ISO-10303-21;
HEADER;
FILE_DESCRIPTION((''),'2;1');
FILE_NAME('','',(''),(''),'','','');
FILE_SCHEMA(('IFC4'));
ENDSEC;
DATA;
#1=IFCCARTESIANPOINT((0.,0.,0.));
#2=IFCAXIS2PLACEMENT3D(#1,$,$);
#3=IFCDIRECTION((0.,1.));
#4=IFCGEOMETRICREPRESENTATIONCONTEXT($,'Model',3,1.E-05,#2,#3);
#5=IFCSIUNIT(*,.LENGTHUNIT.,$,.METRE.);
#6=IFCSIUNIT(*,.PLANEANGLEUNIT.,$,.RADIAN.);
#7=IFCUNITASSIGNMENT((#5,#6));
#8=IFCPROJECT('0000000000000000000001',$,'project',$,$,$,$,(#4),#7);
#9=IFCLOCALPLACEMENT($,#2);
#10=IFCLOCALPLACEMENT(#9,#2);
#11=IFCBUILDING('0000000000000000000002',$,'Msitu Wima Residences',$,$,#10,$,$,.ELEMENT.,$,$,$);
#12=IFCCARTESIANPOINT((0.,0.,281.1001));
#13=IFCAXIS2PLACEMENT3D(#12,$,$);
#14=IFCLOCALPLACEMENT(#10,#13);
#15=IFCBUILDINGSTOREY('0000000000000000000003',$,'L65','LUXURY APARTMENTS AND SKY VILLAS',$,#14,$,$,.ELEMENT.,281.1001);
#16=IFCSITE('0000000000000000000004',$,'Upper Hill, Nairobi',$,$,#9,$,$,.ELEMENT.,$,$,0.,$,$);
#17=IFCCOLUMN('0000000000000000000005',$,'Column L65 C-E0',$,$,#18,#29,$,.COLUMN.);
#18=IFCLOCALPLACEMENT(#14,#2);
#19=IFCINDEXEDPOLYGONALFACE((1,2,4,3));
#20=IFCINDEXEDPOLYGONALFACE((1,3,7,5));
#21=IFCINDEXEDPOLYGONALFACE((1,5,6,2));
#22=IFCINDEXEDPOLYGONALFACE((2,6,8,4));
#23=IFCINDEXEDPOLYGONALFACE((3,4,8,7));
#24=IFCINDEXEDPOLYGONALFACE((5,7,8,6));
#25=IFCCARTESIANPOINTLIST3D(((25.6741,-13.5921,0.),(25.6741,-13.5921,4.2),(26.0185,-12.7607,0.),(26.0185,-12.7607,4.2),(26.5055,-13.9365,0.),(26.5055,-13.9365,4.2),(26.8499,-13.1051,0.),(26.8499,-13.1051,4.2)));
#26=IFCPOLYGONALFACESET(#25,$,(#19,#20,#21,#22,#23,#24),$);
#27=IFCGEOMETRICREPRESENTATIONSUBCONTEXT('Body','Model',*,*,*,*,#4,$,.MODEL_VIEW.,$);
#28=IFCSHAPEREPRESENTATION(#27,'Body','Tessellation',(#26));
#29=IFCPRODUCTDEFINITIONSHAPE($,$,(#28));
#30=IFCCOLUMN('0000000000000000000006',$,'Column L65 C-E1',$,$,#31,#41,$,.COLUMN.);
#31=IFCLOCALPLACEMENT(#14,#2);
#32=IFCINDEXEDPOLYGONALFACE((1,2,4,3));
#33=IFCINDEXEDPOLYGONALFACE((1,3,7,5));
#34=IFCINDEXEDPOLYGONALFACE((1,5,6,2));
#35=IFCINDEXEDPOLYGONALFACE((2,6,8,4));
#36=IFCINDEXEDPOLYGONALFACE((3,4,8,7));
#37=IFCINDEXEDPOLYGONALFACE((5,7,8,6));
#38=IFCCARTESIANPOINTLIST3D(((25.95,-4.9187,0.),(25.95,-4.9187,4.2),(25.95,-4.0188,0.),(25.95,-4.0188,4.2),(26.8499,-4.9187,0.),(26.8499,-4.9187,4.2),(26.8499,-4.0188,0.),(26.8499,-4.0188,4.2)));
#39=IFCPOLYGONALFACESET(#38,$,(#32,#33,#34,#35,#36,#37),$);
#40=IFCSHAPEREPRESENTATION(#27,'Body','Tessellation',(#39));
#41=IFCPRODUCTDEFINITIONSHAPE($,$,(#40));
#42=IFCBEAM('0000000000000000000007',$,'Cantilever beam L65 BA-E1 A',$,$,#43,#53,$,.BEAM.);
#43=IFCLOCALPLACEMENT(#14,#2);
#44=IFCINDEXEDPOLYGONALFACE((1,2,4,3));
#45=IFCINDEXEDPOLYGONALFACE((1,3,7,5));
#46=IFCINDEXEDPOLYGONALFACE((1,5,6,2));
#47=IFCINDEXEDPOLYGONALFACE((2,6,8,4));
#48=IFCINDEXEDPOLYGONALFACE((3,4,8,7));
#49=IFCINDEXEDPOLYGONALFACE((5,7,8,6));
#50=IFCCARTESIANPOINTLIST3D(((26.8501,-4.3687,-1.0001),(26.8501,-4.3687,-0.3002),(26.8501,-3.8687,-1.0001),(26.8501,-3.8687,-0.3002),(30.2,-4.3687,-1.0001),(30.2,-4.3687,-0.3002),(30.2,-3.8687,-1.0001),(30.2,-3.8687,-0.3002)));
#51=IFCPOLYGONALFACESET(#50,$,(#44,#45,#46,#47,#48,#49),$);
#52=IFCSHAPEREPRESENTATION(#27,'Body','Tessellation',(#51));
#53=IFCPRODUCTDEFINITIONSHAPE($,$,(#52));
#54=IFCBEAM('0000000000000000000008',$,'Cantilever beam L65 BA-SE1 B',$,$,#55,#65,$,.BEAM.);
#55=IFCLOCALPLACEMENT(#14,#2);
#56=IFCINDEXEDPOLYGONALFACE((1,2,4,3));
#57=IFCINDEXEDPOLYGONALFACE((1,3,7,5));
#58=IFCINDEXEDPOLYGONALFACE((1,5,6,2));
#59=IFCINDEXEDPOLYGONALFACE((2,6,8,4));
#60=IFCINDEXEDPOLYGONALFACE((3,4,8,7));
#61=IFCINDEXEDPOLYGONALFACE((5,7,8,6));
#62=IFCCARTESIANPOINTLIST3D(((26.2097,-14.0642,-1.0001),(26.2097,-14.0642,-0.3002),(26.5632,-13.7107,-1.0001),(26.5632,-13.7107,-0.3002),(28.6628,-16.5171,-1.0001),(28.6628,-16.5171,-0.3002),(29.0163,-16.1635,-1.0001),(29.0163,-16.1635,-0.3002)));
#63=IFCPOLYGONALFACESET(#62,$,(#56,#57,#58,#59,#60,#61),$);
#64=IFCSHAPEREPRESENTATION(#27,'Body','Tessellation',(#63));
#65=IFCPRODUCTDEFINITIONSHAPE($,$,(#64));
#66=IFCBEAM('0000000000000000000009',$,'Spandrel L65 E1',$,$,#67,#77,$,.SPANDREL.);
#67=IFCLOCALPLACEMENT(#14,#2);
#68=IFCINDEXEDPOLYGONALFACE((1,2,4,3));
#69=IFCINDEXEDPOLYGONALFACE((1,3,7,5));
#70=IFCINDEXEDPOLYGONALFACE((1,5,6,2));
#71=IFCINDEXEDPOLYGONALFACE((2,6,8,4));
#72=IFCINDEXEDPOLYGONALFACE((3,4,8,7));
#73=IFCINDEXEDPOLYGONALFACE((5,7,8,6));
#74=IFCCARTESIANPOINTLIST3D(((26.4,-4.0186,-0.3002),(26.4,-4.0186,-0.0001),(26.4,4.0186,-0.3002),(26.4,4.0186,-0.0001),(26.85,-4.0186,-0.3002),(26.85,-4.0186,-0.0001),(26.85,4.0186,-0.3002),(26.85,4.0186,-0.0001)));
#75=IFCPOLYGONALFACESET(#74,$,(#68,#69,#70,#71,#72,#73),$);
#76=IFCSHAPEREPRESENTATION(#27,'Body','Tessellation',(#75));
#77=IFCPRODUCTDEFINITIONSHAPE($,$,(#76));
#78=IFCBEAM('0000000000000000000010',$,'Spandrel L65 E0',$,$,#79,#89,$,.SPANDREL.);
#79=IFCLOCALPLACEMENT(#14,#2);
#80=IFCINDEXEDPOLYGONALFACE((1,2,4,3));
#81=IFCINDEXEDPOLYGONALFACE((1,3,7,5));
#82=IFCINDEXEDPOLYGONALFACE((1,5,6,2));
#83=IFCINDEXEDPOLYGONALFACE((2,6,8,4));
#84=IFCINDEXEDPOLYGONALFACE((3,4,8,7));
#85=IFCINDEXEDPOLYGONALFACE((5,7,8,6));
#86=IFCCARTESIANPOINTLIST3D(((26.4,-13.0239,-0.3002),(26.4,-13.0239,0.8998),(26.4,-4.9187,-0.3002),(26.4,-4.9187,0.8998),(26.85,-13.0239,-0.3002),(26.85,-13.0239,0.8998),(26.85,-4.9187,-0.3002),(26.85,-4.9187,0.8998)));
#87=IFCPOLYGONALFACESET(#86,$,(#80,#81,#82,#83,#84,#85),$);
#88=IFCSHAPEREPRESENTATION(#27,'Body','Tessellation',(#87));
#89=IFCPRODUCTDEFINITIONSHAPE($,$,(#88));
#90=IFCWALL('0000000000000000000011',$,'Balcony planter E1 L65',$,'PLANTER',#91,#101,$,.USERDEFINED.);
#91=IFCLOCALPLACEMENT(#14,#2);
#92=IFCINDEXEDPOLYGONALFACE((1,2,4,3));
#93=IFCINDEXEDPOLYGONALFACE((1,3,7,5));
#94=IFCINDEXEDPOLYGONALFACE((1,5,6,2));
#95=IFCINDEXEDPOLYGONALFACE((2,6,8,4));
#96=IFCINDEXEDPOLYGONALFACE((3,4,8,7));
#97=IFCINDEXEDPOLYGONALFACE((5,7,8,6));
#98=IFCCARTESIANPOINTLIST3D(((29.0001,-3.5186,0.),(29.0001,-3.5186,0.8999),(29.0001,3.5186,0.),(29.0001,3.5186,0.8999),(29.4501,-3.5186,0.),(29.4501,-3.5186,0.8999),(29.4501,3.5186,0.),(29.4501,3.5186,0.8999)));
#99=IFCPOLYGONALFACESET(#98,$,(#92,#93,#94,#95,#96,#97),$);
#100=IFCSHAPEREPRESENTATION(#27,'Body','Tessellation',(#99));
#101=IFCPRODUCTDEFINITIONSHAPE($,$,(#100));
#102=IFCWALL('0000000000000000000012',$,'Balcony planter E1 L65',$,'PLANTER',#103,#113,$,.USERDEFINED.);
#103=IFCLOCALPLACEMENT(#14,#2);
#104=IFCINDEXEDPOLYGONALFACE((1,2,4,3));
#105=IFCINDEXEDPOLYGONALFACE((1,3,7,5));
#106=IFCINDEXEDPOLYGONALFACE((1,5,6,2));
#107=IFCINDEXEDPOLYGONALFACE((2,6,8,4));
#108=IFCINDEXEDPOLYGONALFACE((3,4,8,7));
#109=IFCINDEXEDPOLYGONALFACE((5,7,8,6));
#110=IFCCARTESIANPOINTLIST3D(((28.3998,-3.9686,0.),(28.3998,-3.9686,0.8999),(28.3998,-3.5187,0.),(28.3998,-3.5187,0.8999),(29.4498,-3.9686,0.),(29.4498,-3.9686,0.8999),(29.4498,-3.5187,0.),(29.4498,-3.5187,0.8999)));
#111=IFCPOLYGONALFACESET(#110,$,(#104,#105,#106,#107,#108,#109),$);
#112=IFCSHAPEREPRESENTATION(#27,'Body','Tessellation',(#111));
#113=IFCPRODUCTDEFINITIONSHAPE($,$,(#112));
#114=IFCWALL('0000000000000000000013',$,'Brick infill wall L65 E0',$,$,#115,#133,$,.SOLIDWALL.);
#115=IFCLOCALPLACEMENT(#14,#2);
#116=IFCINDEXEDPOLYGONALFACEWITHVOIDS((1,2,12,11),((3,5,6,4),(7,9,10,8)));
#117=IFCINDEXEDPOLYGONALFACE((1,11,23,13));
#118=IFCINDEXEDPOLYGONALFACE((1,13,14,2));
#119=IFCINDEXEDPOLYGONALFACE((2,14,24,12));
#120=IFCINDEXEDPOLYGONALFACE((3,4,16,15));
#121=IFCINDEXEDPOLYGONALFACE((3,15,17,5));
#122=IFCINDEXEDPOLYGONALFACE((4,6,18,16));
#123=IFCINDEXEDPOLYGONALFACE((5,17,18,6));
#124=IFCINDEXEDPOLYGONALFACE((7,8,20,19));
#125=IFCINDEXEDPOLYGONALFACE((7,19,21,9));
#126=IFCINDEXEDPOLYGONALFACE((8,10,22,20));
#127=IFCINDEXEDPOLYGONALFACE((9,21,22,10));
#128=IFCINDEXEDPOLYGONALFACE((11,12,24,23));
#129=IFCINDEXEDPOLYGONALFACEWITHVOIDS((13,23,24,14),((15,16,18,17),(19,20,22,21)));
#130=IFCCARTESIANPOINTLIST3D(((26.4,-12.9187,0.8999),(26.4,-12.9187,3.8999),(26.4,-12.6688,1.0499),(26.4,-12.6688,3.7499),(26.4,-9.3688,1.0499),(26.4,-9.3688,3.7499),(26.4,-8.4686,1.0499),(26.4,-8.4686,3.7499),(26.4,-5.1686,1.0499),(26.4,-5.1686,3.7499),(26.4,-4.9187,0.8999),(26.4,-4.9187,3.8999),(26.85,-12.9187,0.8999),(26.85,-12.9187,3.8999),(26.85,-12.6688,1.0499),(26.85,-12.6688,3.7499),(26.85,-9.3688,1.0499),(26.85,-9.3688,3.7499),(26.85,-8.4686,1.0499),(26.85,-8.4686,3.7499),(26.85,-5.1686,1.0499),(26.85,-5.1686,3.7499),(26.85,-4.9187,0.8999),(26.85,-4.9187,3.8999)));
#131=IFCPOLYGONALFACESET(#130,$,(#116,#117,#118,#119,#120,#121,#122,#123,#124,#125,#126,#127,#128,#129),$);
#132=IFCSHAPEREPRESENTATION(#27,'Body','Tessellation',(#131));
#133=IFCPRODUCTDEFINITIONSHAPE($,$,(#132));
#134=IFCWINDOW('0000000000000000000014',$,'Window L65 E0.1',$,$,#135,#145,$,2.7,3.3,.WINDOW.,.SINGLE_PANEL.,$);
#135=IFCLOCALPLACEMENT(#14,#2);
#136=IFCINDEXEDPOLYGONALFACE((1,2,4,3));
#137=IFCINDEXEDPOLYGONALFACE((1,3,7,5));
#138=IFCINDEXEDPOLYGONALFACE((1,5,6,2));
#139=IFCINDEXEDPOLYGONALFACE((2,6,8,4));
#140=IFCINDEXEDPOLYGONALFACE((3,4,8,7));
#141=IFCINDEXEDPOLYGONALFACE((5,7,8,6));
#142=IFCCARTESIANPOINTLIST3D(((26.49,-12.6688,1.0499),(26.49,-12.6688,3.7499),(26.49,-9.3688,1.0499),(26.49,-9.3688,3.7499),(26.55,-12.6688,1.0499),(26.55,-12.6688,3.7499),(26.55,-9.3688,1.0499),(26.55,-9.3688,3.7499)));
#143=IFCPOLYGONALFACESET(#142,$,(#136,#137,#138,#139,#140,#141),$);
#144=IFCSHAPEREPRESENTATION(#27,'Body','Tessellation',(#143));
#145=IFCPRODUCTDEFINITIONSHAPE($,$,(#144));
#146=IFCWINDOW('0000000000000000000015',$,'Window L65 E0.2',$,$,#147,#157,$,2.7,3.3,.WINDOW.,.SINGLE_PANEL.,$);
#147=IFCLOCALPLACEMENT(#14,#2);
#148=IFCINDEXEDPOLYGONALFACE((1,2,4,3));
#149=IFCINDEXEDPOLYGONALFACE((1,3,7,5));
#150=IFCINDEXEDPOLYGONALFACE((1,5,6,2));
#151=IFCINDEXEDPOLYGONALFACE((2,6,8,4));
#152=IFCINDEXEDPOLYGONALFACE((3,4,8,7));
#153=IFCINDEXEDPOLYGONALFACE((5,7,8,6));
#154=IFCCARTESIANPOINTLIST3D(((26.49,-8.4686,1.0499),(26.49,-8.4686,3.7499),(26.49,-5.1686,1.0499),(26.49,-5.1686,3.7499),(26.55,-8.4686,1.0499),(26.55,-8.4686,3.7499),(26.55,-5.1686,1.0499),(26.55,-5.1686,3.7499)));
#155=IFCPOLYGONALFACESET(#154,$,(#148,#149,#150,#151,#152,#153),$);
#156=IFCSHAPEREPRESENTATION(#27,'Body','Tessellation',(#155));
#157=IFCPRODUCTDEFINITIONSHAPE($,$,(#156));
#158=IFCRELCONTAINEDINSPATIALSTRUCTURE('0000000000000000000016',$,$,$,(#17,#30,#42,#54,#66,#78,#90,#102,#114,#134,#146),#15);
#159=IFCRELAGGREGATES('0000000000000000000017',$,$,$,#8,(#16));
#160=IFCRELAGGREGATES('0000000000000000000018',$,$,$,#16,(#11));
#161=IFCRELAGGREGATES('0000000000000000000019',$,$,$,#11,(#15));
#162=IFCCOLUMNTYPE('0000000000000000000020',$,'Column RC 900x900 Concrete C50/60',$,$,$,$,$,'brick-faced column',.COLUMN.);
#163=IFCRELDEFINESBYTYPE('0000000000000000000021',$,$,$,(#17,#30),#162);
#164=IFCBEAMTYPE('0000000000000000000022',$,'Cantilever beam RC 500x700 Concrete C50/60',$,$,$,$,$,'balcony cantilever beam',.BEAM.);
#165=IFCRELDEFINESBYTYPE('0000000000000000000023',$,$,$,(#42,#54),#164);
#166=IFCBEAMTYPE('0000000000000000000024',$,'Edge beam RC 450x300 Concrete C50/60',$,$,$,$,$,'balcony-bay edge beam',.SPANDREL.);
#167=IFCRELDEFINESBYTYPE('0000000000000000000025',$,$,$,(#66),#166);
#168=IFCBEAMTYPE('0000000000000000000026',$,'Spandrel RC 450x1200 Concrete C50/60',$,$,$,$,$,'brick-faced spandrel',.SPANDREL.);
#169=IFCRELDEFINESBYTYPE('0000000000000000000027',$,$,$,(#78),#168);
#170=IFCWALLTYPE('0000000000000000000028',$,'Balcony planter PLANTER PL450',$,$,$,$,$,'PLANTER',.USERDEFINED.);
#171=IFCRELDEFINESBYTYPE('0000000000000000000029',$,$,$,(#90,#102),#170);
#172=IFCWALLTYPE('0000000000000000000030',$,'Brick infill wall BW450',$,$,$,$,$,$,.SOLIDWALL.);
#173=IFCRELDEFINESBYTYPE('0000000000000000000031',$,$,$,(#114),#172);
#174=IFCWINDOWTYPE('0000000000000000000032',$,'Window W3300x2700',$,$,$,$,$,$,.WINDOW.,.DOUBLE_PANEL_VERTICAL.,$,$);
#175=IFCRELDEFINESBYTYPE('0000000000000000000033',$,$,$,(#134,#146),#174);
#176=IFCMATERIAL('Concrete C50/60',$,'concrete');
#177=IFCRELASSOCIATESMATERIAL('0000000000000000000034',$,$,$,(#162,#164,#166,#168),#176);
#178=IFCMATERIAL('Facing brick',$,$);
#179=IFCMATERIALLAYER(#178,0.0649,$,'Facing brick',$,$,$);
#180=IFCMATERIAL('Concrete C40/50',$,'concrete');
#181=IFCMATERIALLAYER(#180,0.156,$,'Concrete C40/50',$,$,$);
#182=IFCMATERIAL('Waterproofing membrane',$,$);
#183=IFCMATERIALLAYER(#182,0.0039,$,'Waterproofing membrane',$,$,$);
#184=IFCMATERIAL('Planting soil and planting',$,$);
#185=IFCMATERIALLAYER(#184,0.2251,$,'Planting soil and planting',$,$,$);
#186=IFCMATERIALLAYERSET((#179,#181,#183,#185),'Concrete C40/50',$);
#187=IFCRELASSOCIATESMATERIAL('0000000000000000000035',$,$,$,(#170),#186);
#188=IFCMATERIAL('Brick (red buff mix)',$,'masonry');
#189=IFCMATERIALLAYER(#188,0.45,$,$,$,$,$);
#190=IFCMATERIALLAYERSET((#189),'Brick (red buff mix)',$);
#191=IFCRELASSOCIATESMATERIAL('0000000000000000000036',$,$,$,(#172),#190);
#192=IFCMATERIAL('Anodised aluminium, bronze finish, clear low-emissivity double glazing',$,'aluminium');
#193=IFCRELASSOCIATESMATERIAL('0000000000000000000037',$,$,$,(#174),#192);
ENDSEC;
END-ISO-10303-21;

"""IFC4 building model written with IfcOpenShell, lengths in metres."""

from ifc_helpers import new_model, si_unit, direction, frame, frame_2d, origin, origin_2d, place, context, subcontext, project, spatial, rectangle, extrude, material, layer, layer_set, material_profile, profile_set, type_object, element, fill, save


model = new_model("IFC4")

# Units and contexts
model_context = context("Model", 3, precision=1e-05, world=origin(), true_north=direction((0.0, 1.0)))
body_context = subcontext(model_context, "Body", "Model", "MODEL_VIEW")
ifc_project = project(units=[si_unit("LENGTHUNIT", "METRE"), si_unit("PLANEANGLEUNIT", "RADIAN")], contexts=[model_context])

# Site, building, storey
site_placement = place(None, origin())
site = spatial("IfcSite", under=ifc_project, at=site_placement, Name="Upper Hill, Nairobi", CompositionType="ELEMENT", RefElevation=0.0)
building_placement = place(site_placement, origin())
building = spatial("IfcBuilding", under=site, at=building_placement, Name="Msitu Wima Residences", CompositionType="ELEMENT")
storey_placement = place(building_placement, frame((0.0, 0.0, 281.1001)))
storey = spatial("IfcBuildingStorey", under=building, at=storey_placement, Name="L65", Description="LUXURY APARTMENTS AND SKY VILLAS", CompositionType="ELEMENT", Elevation=281.1001)

# Columns
ifc_material_1 = material(Name="Concrete C50/60", Category="concrete")
ifc_material_profile_1 = material_profile(ifc_material_1, rectangle(XDim=0.8999, YDim=0.8999, at=origin_2d()), Name="RC 900x900")
ifc_profile_set_1 = profile_set([ifc_material_profile_1], Name="Concrete C50/60")
column_type = type_object("IfcColumnType", Name="Column RC 900x900 Concrete C50/60", ElementType="brick-faced column", PredefinedType="COLUMN", material=ifc_profile_set_1)
for number, where, z_axis, x_axis, name in (
    (1, (26.262, -13.3486, 0.0), (0.0, 0.0, 1.0), (0.382683, 0.92388, 0.0), "Column L65 C-E0"),
    (2, (26.3999, -4.4688, 0.0), (0.0, 0.0, 1.0), (0.0, 1.0, 0.0), "Column L65 C-E1"),
):
    element("IfcColumn", number, at=place(storey_placement, frame(where, z_axis=z_axis, x_axis=x_axis)), inside=storey, type_object=column_type, Name=name, PredefinedType="COLUMN", context=body_context, shape_type="SweptSolid", body=[
        extrude(rectangle(XDim=0.8999, YDim=0.8999, at=origin_2d()), origin(), (0.0, 0.0, 1.0), 4.2),
    ])

# Beams
ifc_material_profile_2 = material_profile(ifc_material_1, rectangle(XDim=0.5, YDim=0.7, at=origin_2d()), Name="RC 500x700")
ifc_profile_set_2 = profile_set([ifc_material_profile_2], Name="Concrete C50/60")
beam_type_1 = type_object("IfcBeamType", Name="Cantilever beam RC 500x700 Concrete C50/60", ElementType="balcony cantilever beam", PredefinedType="BEAM", material=ifc_profile_set_2)
beam_1_placement = place(storey_placement, frame((26.8501, -4.1187, -0.6501), z_axis=(1.0, 0.0, 0.0), x_axis=(0.0, 1.0, 0.0)))
element("IfcBeam", 3, at=beam_1_placement, inside=storey, type_object=beam_type_1, Name="Cantilever beam L65 BA-E1 A", PredefinedType="BEAM", context=body_context, shape_type="SweptSolid", body=[
    extrude(rectangle(XDim=0.5, YDim=0.7, at=origin_2d()), origin(), (0.0, 0.0, 1.0), 3.3499),
])
beam_2_placement = place(storey_placement, frame((26.3865, -13.8875, -0.6501), z_axis=(0.707142, -0.707072, 0.0), x_axis=(0.707072, 0.707142, 0.0)))
element("IfcBeam", 4, at=beam_2_placement, inside=storey, type_object=beam_type_1, Name="Cantilever beam L65 BA-SE1 B", PredefinedType="BEAM", context=body_context, shape_type="SweptSolid", body=[
    extrude(rectangle(XDim=0.5, YDim=0.7, at=origin_2d()), origin(), (0.0, 0.0, 1.0), 3.469),
])
ifc_material_profile_3 = material_profile(ifc_material_1, rectangle(XDim=0.45, YDim=0.3, at=origin_2d()), Name="RC 450x300")
ifc_profile_set_3 = profile_set([ifc_material_profile_3], Name="Concrete C50/60")
beam_type_2 = type_object("IfcBeamType", Name="Edge beam RC 450x300 Concrete C50/60", ElementType="balcony-bay edge beam", PredefinedType="SPANDREL", material=ifc_profile_set_3)
beam_3_placement = place(storey_placement, frame((26.625, -4.0186, -0.1501), z_axis=(0.0, 1.0, 0.0), x_axis=(-1.0, 0.0, 0.0)))
element("IfcBeam", 5, at=beam_3_placement, inside=storey, type_object=beam_type_2, Name="Spandrel L65 E1", PredefinedType="SPANDREL", context=body_context, shape_type="SweptSolid", body=[
    extrude(rectangle(XDim=0.45, YDim=0.3, at=origin_2d()), origin(), (0.0, 0.0, 1.0), 8.0371),
])
ifc_material_profile_4 = material_profile(ifc_material_1, rectangle(XDim=0.45, YDim=1.2, at=origin_2d()), Name="RC 450x1200")
ifc_profile_set_4 = profile_set([ifc_material_profile_4], Name="Concrete C50/60")
beam_type_3 = type_object("IfcBeamType", Name="Spandrel RC 450x1200 Concrete C50/60", ElementType="brick-faced spandrel", PredefinedType="SPANDREL", material=ifc_profile_set_4)
beam_4_placement = place(storey_placement, frame((26.625, -13.0239, 0.2998), z_axis=(0.0, 1.0, 0.0), x_axis=(-1.0, 0.0, 0.0)))
element("IfcBeam", 6, at=beam_4_placement, inside=storey, type_object=beam_type_3, Name="Spandrel L65 E0", PredefinedType="SPANDREL", context=body_context, shape_type="SweptSolid", body=[
    extrude(rectangle(XDim=0.45, YDim=1.2, at=origin_2d()), origin(), (0.0, 0.0, 1.0), 8.1052),
])

# Walls
ifc_material_2 = material(Name="Facing brick")
ifc_layer_1 = layer(ifc_material_2, 0.0649, Name="Facing brick")
ifc_material_3 = material(Name="Concrete C40/50", Category="concrete")
ifc_layer_2 = layer(ifc_material_3, 0.156, Name="Concrete C40/50")
ifc_material_4 = material(Name="Waterproofing membrane")
ifc_layer_3 = layer(ifc_material_4, 0.0039, Name="Waterproofing membrane")
ifc_material_5 = material(Name="Planting soil and planting")
ifc_layer_4 = layer(ifc_material_5, 0.2251, Name="Planting soil and planting")
ifc_layer_set_1 = layer_set([ifc_layer_1, ifc_layer_2, ifc_layer_3, ifc_layer_4], Name="Concrete C40/50")
wall_type_1 = type_object("IfcWallType", Name="Balcony planter PLANTER PL450", ElementType="PLANTER", PredefinedType="USERDEFINED", material=ifc_layer_set_1)
wall_1_placement = place(storey_placement, frame((29.2251, -3.5186, 0.0), z_axis=(0.0, 0.0, 1.0), x_axis=(0.0, 1.0, 0.0)))
element("IfcWall", 7, at=wall_1_placement, inside=storey, type_object=wall_type_1, Name="Balcony planter E1 L65", ObjectType="PLANTER", PredefinedType="USERDEFINED", context=body_context, shape_type="SweptSolid", body=[
    extrude(rectangle(XDim=7.0371, YDim=0.45, at=frame_2d((3.5186, 0.0))), origin(), (0.0, 0.0, 1.0), 0.8999),
])
wall_2_placement = place(storey_placement, frame((28.3999, -3.7437, 0.0), z_axis=(0.0, 0.0, 1.0), x_axis=(1.0, 0.0, 0.0)))
element("IfcWall", 8, at=wall_2_placement, inside=storey, type_object=wall_type_1, Name="Balcony planter E1 L65", ObjectType="PLANTER", PredefinedType="USERDEFINED", context=body_context, shape_type="SweptSolid", body=[
    extrude(rectangle(XDim=1.05, YDim=0.45, at=frame_2d((0.5249, 0.0))), origin(), (0.0, 0.0, 1.0), 0.8999),
])

# Wall, openings, windows
ifc_material_6 = material(Name="Brick (red buff mix)", Category="masonry")
ifc_layer_5 = layer(ifc_material_6, 0.45)
ifc_layer_set_2 = layer_set([ifc_layer_5], Name="Brick (red buff mix)")
wall_type_2 = type_object("IfcWallType", Name="Brick infill wall BW450", PredefinedType="SOLIDWALL", material=ifc_layer_set_2)
wall_3_placement = place(storey_placement, frame((26.625, -12.9187, 0.8999), z_axis=(0.0, 0.0, 1.0), x_axis=(0.0, 1.0, 0.0)))
wall_3 = element("IfcWall", 9, at=wall_3_placement, inside=storey, type_object=wall_type_2, Name="Brick infill wall L65 E0", PredefinedType="SOLIDWALL", context=body_context, shape_type="SweptSolid", body=[
    extrude(rectangle(XDim=8.0, YDim=0.45, at=frame_2d((4.0, 0.0))), origin(), (0.0, 0.0, 1.0), 3.0),
])
opening_1_placement = place(wall_3_placement, frame((0.25, 0.0, 0.1499)))
opening_1 = element("IfcOpeningElement", 10, at=opening_1_placement, cuts=wall_3, PredefinedType="OPENING", context=body_context, shape_type="SweptSolid", body=[
    extrude(rectangle(XDim=3.3, YDim=2.7, at=frame_2d((1.6499, 1.3501))), frame((0.0, 0.2349, 0.0), z_axis=(0.0, -1.0, 0.0), x_axis=(1.0, 0.0, 0.0)), (0.0, 0.0, 1.0), 0.47),
])
opening_2_placement = place(wall_3_placement, frame((4.4502, 0.0, 0.1499)))
opening_2 = element("IfcOpeningElement", 11, at=opening_2_placement, cuts=wall_3, PredefinedType="OPENING", context=body_context, shape_type="SweptSolid", body=[
    extrude(rectangle(XDim=3.3, YDim=2.7, at=frame_2d((1.6499, 1.3501))), frame((0.0, 0.2349, 0.0), z_axis=(0.0, -1.0, 0.0), x_axis=(1.0, 0.0, 0.0)), (0.0, 0.0, 1.0), 0.47),
])
ifc_material_7 = material(Name="Anodised aluminium, bronze finish, clear low-emissivity double glazing", Category="aluminium")
window_type = type_object("IfcWindowType", Name="Window W3300x2700", PartitioningType="DOUBLE_PANEL_VERTICAL", PredefinedType="WINDOW", material=ifc_material_7)
window_1_placement = place(opening_1_placement, origin())
window_1 = element("IfcWindow", 12, at=window_1_placement, inside=storey, type_object=window_type, Name="Window L65 E0.1", OverallHeight=2.7, OverallWidth=3.3, PartitioningType="SINGLE_PANEL", PredefinedType="WINDOW", context=body_context, shape_type="SweptSolid", body=[
    extrude(rectangle(XDim=3.3, YDim=2.7, at=frame_2d((1.6499, 1.3501))), frame((0.0, 0.135, 0.0), z_axis=(0.0, -1.0, 0.0), x_axis=(1.0, 0.0, 0.0)), (0.0, 0.0, 1.0), 0.0601),
])
fill(opening_1, window_1)
window_2_placement = place(opening_2_placement, origin())
window_2 = element("IfcWindow", 13, at=window_2_placement, inside=storey, type_object=window_type, Name="Window L65 E0.2", OverallHeight=2.7, OverallWidth=3.3, PartitioningType="SINGLE_PANEL", PredefinedType="WINDOW", context=body_context, shape_type="SweptSolid", body=[
    extrude(rectangle(XDim=3.3, YDim=2.7, at=frame_2d((1.6499, 1.3501))), frame((0.0, 0.135, 0.0), z_axis=(0.0, -1.0, 0.0), x_axis=(1.0, 0.0, 0.0)), (0.0, 0.0, 1.0), 0.0601),
])
fill(opening_2, window_2)

save(model, "model.ifc")
